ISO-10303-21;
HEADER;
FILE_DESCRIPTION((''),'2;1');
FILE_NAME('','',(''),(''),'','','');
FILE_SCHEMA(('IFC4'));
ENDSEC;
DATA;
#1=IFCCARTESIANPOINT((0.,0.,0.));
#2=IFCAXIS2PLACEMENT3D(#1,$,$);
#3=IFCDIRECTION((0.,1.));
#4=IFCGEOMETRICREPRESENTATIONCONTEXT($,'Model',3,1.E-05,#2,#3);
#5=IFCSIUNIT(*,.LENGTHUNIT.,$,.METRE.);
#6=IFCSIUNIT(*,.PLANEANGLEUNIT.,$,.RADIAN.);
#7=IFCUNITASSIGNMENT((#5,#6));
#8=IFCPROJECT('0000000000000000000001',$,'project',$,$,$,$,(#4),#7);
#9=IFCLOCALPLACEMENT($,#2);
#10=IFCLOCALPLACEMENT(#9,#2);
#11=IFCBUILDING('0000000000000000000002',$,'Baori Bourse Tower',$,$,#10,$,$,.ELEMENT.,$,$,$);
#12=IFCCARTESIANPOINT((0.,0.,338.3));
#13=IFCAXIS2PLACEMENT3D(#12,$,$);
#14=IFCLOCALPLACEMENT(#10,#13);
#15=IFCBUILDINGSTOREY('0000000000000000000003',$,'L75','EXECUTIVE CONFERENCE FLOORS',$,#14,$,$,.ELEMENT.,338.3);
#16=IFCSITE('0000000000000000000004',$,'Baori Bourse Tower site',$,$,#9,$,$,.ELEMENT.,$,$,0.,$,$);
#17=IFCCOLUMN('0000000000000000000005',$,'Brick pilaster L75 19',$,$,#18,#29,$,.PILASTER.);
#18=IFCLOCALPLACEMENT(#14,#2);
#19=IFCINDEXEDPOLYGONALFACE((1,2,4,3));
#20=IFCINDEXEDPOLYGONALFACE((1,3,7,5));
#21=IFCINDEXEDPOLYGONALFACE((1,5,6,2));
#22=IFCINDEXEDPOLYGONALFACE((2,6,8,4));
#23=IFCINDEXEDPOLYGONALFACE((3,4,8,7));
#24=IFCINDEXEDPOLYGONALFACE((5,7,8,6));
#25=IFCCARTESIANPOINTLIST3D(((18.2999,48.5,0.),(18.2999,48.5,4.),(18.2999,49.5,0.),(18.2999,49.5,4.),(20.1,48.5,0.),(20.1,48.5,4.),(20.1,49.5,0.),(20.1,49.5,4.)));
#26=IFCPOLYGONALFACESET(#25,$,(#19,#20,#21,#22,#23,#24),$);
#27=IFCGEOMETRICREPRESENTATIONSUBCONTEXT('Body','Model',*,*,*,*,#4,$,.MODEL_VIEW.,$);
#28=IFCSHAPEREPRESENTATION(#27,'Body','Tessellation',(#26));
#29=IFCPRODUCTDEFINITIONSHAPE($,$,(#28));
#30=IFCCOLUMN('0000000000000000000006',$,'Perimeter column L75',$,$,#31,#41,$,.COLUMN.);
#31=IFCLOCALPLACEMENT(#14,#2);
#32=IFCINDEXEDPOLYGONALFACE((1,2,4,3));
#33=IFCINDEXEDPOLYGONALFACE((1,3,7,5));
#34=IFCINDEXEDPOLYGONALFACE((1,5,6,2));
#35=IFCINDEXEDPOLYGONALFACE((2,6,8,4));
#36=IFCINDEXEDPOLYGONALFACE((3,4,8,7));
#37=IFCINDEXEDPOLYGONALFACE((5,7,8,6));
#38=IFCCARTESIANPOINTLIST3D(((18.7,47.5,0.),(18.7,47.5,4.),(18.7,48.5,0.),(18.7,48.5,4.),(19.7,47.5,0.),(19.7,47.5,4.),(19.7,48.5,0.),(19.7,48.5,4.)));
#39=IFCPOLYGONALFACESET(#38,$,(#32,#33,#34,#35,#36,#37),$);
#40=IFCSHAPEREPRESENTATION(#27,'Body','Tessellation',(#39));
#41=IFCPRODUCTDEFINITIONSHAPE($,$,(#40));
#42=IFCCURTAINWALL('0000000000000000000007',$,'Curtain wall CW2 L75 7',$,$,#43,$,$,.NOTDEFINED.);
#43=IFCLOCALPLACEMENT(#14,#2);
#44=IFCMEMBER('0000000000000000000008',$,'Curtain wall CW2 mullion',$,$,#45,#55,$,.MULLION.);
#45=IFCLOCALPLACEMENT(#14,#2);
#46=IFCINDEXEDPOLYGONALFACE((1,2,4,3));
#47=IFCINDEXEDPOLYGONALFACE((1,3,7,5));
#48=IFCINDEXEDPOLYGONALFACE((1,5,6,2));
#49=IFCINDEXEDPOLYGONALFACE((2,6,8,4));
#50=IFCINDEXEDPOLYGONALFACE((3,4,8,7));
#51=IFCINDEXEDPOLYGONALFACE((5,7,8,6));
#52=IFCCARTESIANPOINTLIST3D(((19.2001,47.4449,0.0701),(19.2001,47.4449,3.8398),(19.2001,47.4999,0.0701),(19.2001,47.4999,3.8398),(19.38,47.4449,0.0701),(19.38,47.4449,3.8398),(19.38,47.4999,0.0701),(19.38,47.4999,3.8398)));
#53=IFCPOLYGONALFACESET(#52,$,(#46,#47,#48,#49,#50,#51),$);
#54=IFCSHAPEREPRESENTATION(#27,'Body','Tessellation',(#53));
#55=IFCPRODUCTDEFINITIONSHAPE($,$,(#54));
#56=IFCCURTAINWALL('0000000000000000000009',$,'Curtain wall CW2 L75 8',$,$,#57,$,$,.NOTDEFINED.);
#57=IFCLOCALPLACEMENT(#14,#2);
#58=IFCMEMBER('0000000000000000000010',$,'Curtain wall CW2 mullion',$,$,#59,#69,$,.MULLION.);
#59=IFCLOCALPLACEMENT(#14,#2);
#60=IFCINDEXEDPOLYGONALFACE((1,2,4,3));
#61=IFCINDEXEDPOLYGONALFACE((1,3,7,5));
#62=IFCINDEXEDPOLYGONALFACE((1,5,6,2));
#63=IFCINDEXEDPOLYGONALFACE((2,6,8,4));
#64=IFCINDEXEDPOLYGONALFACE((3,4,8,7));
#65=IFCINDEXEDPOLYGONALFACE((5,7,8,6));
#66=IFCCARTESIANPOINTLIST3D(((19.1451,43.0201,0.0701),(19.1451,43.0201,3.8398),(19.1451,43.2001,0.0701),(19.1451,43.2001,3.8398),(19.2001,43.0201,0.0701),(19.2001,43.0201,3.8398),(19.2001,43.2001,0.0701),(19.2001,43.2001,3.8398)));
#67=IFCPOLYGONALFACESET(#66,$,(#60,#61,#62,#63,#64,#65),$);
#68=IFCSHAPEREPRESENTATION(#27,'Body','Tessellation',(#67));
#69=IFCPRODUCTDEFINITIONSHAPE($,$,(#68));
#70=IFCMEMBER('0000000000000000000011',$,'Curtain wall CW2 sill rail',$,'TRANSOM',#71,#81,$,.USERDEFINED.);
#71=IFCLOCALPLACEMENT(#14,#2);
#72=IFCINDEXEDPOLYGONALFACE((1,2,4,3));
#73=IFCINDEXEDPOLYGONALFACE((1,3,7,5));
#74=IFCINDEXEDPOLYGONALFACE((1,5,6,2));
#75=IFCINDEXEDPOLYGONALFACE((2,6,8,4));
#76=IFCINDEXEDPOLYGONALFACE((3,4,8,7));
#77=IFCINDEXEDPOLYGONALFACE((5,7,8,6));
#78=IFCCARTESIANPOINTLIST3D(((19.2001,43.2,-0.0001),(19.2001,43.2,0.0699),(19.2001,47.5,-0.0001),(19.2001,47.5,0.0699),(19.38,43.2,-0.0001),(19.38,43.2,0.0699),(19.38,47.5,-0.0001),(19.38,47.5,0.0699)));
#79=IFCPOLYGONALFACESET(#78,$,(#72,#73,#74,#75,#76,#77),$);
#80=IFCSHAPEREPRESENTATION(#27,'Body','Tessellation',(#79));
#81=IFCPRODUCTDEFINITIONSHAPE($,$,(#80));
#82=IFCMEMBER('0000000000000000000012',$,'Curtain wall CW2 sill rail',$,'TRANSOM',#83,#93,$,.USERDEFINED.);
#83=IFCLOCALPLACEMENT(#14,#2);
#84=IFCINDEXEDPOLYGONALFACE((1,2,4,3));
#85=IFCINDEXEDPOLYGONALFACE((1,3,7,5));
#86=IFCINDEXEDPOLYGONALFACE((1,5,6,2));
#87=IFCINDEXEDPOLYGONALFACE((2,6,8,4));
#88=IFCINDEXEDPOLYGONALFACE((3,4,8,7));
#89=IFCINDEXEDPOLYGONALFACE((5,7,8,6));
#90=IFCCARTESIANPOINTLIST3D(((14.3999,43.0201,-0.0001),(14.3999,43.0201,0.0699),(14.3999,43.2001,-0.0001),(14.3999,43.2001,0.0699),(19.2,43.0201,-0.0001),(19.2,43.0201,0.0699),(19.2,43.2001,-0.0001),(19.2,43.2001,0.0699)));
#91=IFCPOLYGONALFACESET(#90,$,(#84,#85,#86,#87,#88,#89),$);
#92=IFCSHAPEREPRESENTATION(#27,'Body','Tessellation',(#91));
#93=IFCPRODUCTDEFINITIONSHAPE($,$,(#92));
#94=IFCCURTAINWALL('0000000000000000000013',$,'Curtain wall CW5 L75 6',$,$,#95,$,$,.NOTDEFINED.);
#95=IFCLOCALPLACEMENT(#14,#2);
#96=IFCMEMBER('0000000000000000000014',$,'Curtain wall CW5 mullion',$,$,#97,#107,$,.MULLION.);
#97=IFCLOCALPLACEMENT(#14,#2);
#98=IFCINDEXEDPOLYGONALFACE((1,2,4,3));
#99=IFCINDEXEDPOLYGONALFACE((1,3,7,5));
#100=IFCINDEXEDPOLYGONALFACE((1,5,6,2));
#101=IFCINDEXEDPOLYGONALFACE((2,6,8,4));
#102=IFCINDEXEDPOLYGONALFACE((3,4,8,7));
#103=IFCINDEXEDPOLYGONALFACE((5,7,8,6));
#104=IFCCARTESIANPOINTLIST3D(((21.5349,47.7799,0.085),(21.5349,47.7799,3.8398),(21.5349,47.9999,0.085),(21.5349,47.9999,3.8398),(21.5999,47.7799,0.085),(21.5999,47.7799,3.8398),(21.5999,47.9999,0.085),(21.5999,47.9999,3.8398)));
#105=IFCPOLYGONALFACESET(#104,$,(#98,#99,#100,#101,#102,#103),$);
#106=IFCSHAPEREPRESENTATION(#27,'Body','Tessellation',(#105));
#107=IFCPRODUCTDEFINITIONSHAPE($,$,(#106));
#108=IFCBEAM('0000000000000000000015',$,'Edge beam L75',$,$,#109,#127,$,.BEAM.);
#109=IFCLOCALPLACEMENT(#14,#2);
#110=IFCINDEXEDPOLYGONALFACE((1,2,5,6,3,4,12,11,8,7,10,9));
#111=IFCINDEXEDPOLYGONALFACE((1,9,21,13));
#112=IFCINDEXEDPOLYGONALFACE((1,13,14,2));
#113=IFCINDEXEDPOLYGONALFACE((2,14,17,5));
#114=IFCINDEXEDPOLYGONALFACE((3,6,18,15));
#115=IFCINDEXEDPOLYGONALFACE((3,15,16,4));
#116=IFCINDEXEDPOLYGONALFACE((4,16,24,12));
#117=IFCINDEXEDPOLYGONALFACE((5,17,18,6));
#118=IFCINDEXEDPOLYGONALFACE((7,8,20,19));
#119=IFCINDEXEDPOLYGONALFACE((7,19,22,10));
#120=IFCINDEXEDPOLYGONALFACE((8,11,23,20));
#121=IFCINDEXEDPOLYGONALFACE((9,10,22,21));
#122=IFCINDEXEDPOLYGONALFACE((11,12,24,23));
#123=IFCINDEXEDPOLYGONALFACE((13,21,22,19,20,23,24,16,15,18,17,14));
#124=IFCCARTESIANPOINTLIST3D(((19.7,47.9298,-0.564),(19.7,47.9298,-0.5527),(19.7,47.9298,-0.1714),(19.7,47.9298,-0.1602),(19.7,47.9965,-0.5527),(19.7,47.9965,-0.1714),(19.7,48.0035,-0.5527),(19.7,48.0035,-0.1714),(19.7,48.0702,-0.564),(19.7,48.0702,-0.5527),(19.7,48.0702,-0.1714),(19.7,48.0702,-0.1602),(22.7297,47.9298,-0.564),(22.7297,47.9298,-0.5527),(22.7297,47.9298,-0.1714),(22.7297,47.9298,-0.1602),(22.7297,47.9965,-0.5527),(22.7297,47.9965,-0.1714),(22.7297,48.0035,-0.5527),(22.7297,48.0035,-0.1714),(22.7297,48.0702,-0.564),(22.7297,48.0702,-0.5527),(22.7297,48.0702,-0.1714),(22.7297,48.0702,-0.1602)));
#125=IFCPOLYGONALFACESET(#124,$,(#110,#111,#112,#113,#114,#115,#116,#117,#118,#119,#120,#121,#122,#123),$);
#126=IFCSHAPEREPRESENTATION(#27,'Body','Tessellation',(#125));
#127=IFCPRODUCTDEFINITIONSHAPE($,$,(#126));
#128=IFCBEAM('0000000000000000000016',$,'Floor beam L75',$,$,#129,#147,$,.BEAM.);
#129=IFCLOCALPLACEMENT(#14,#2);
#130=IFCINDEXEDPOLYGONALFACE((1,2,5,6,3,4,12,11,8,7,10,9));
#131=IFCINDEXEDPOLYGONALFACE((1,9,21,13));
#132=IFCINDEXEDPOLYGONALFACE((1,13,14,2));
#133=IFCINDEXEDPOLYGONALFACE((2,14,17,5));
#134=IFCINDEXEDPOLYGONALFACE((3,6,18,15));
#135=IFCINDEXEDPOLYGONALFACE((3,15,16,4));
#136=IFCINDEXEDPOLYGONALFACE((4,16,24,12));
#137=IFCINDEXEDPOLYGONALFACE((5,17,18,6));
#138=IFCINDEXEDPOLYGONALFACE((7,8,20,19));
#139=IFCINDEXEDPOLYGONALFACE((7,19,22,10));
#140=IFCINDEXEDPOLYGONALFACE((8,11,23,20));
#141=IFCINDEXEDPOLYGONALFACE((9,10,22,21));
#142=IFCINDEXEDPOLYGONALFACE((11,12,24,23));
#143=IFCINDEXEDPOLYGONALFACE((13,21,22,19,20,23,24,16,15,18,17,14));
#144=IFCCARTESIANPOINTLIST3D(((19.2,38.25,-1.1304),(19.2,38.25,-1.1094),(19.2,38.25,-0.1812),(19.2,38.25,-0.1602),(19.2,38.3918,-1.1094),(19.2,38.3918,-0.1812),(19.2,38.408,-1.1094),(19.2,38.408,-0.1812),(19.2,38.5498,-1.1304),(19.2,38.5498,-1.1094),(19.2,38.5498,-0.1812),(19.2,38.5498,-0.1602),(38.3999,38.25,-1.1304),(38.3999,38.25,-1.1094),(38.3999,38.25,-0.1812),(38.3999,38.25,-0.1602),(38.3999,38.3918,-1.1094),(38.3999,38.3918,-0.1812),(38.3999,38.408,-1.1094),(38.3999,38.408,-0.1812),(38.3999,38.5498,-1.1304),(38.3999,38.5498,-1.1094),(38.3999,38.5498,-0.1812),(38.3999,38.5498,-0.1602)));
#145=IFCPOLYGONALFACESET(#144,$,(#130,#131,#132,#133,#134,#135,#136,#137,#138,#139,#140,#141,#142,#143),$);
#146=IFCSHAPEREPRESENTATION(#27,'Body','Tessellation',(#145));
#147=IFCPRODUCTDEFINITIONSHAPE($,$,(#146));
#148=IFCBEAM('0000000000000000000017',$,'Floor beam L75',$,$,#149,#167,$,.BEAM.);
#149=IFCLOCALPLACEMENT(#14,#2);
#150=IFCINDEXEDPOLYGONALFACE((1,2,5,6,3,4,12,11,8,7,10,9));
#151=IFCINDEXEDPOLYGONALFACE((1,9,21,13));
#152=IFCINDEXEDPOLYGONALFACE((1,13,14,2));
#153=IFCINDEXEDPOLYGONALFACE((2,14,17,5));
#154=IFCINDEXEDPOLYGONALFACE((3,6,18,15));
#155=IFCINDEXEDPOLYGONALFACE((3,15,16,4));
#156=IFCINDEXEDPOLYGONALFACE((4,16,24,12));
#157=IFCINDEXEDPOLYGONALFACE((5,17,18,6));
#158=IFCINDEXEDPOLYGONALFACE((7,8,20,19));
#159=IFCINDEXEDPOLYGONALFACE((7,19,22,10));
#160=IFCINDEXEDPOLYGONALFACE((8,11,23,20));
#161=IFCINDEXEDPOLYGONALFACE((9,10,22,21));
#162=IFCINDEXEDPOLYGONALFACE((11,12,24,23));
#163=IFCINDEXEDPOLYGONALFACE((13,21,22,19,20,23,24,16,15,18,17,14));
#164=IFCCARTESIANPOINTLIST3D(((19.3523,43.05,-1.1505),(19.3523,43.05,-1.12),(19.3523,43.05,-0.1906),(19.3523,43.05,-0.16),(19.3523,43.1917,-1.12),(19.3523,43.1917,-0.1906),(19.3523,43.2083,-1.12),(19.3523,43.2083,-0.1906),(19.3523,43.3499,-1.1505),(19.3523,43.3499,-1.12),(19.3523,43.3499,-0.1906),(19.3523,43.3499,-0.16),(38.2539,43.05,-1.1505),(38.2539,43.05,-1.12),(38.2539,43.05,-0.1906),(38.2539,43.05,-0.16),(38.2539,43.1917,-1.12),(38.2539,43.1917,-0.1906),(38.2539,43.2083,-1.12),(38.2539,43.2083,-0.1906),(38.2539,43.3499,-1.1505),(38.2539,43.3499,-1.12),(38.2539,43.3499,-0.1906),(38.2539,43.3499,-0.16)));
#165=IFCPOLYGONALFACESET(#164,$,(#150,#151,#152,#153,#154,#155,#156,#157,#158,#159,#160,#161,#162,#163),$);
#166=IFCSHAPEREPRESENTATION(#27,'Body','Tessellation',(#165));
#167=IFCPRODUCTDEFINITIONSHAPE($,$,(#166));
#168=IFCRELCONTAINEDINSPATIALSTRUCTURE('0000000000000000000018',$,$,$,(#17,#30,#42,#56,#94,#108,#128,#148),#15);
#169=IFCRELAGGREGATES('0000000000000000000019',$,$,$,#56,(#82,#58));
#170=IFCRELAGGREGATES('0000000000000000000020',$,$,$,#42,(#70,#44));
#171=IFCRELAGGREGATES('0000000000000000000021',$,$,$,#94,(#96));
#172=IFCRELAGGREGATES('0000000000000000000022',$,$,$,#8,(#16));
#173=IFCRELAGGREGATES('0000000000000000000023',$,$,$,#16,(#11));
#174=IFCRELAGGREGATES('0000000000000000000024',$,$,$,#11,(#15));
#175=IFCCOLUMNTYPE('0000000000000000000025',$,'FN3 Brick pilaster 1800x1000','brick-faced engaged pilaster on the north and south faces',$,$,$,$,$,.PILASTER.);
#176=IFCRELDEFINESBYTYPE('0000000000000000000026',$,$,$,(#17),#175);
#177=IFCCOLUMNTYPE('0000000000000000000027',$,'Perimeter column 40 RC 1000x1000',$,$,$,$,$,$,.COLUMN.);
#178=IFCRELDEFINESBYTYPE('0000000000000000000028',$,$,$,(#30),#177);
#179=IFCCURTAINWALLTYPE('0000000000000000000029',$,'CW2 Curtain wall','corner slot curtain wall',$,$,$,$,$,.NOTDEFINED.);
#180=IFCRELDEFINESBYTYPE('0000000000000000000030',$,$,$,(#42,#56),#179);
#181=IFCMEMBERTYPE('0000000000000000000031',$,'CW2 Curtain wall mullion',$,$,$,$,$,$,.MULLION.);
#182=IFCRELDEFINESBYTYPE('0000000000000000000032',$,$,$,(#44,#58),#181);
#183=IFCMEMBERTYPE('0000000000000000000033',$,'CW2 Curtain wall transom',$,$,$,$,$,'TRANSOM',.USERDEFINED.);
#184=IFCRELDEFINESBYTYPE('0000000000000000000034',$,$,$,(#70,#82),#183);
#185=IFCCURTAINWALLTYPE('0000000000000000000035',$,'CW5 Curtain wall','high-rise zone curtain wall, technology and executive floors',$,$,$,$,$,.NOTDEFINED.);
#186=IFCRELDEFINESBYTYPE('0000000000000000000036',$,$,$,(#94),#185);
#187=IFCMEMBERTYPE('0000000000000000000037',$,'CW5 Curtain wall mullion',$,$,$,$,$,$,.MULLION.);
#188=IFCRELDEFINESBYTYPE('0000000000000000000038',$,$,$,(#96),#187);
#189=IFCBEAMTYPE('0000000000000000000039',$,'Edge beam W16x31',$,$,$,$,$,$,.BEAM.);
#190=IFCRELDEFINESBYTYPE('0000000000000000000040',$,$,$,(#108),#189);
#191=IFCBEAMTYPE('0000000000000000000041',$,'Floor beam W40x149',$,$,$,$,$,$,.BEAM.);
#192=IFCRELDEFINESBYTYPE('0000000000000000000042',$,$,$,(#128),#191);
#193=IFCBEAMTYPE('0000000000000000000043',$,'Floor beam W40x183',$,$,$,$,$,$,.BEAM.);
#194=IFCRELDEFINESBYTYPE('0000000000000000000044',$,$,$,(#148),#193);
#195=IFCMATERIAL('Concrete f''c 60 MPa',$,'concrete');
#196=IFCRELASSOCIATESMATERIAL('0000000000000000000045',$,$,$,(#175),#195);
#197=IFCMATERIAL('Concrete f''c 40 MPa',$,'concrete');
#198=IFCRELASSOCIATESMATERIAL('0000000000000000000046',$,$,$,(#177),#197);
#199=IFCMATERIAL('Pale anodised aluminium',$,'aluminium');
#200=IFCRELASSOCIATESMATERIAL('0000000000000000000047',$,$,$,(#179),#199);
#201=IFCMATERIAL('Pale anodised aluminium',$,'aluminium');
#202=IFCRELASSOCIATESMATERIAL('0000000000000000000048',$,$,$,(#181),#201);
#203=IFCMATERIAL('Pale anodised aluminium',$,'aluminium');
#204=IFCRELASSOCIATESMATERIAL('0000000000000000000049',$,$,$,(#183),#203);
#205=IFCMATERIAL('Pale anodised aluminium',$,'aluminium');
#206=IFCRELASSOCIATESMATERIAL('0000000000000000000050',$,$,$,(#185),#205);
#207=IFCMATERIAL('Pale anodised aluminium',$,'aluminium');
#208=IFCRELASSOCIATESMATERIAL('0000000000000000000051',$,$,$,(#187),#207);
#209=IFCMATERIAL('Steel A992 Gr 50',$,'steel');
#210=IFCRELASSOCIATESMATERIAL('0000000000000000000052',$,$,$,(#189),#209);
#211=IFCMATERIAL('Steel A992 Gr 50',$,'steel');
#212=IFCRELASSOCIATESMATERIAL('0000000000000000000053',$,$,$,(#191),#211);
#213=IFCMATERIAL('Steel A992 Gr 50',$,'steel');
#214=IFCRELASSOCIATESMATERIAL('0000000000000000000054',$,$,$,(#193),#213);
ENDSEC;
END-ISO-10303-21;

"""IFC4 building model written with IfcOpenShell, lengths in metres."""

from ifc_helpers import new_model, si_unit, direction, frame, origin, origin_2d, place, context, subcontext, project, spatial, rectangle, i_section, extrude, material, material_profile, profile_set, type_object, element, aggregate, save


model = new_model("IFC4")

# Units and contexts
model_context = context("Model", 3, precision=1e-05, world=origin(), true_north=direction((0.0, 1.0)))
body_context = subcontext(model_context, "Body", "Model", "MODEL_VIEW")
ifc_project = project(units=[si_unit("LENGTHUNIT", "METRE"), si_unit("PLANEANGLEUNIT", "RADIAN")], contexts=[model_context])

# Site, building, storey
site_placement = place(None, origin())
site = spatial("IfcSite", under=ifc_project, at=site_placement, Name="Baori Bourse Tower site", CompositionType="ELEMENT", RefElevation=0.0)
building_placement = place(site_placement, origin())
building = spatial("IfcBuilding", under=site, at=building_placement, Name="Baori Bourse Tower", CompositionType="ELEMENT")
storey_placement = place(building_placement, frame((0.0, 0.0, 338.3)))
storey = spatial("IfcBuildingStorey", under=building, at=storey_placement, Name="L75", Description="EXECUTIVE CONFERENCE FLOORS", CompositionType="ELEMENT", Elevation=338.3)

# Columns
ifc_material_1 = material(Name="Concrete f'c 60 MPa", Category="concrete")
ifc_material_profile_1 = material_profile(ifc_material_1, rectangle(XDim=1.8, YDim=1.0, at=origin_2d()), Name="RC 1800x1000")
ifc_profile_set_1 = profile_set([ifc_material_profile_1], Name="Concrete f'c 60 MPa")
column_type_1 = type_object("IfcColumnType", Name="FN3 Brick pilaster 1800x1000", Description="brick-faced engaged pilaster on the north and south faces", PredefinedType="PILASTER", material=ifc_profile_set_1)
column_1_placement = place(storey_placement, frame((19.2, 49.0, 0.0), z_axis=(0.0, 0.0, 1.0), x_axis=(1.0, 0.0, 0.0)))
element("IfcColumn", 1, at=column_1_placement, inside=storey, type_object=column_type_1, Name="Brick pilaster L75 19", PredefinedType="PILASTER", context=body_context, shape_type="SweptSolid", body=[
    extrude(rectangle(XDim=1.8, YDim=1.0, at=origin_2d()), origin(), (0.0, 0.0, 1.0), 4.0),
])
ifc_material_2 = material(Name="Concrete f'c 40 MPa", Category="concrete")
ifc_material_profile_2 = material_profile(ifc_material_2, rectangle(XDim=1.0, YDim=1.0, at=origin_2d()), Name="RC 1000x1000")
ifc_profile_set_2 = profile_set([ifc_material_profile_2], Name="Concrete f'c 40 MPa")
column_type_2 = type_object("IfcColumnType", Name="Perimeter column 40 RC 1000x1000", PredefinedType="COLUMN", material=ifc_profile_set_2)
column_2_placement = place(storey_placement, frame((19.2, 48.0, 0.0), z_axis=(0.0, 0.0, 1.0), x_axis=(1.0, 0.0, 0.0)))
element("IfcColumn", 2, at=column_2_placement, inside=storey, type_object=column_type_2, Name="Perimeter column L75", PredefinedType="COLUMN", context=body_context, shape_type="SweptSolid", body=[
    extrude(rectangle(XDim=1.0, YDim=1.0, at=origin_2d()), origin(), (0.0, 0.0, 1.0), 4.0),
])

# Curtain walls, members
ifc_material_3 = material(Name="Pale anodised aluminium", Category="aluminium")
curtain_wall_type_1 = type_object("IfcCurtainWallType", Name="CW2 Curtain wall", Description="corner slot curtain wall", PredefinedType="NOTDEFINED", material=ifc_material_3)
curtain_wall_1_placement = place(storey_placement, origin())
curtain_wall_1 = element("IfcCurtainWall", 3, at=curtain_wall_1_placement, inside=storey, type_object=curtain_wall_type_1, Name="Curtain wall CW2 L75 7", PredefinedType="NOTDEFINED")
ifc_material_4 = material(Name="Pale anodised aluminium", Category="aluminium")
ifc_material_profile_3 = material_profile(ifc_material_4, rectangle(XDim=0.1799, YDim=0.0549, at=origin_2d()), Name="Mullion 55x180")
ifc_profile_set_3 = profile_set([ifc_material_profile_3], Name="Pale anodised aluminium")
member_type_1 = type_object("IfcMemberType", Name="CW2 Curtain wall mullion", PredefinedType="MULLION", material=ifc_profile_set_3)
member_1_placement = place(storey_placement, frame((19.29, 47.4724, 0.0701), z_axis=(0.0, 0.0, 1.0), x_axis=(1.0, 0.0, 0.0)))
member_1 = element("IfcMember", 4, at=member_1_placement, type_object=member_type_1, Name="Curtain wall CW2 mullion", PredefinedType="MULLION", context=body_context, shape_type="SweptSolid", body=[
    extrude(rectangle(XDim=0.1799, YDim=0.0549, at=origin_2d()), origin(), (0.0, 0.0, 1.0), 3.7698),
])
curtain_wall_2_placement = place(storey_placement, origin())
curtain_wall_2 = element("IfcCurtainWall", 5, at=curtain_wall_2_placement, inside=storey, type_object=curtain_wall_type_1, Name="Curtain wall CW2 L75 8", PredefinedType="NOTDEFINED")
member_2_placement = place(storey_placement, frame((19.1726, 43.1101, 0.0701), z_axis=(0.0, 0.0, 1.0), x_axis=(0.0, -1.0, 0.0)))
member_2 = element("IfcMember", 6, at=member_2_placement, type_object=member_type_1, Name="Curtain wall CW2 mullion", PredefinedType="MULLION", context=body_context, shape_type="SweptSolid", body=[
    extrude(rectangle(XDim=0.1799, YDim=0.0549, at=origin_2d()), origin(), (0.0, 0.0, 1.0), 3.7698),
])

# Members
ifc_material_5 = material(Name="Pale anodised aluminium", Category="aluminium")
ifc_material_profile_4 = material_profile(ifc_material_5, rectangle(XDim=0.1799, YDim=0.0701, at=origin_2d()), Name="Transom 70x180")
ifc_profile_set_4 = profile_set([ifc_material_profile_4], Name="Pale anodised aluminium")
member_type_2 = type_object("IfcMemberType", Name="CW2 Curtain wall transom", ElementType="TRANSOM", PredefinedType="USERDEFINED", material=ifc_profile_set_4)
member_3_placement = place(storey_placement, frame((19.29, 47.5, 0.0349), z_axis=(0.0, -1.0, 0.0), x_axis=(1.0, 0.0, 0.0)))
member_3 = element("IfcMember", 7, at=member_3_placement, type_object=member_type_2, Name="Curtain wall CW2 sill rail", ObjectType="TRANSOM", PredefinedType="USERDEFINED", context=body_context, shape_type="SweptSolid", body=[
    extrude(rectangle(XDim=0.1799, YDim=0.0701, at=origin_2d()), origin(), (0.0, 0.0, 1.0), 4.3),
])
member_4_placement = place(storey_placement, frame((19.2, 43.1101, 0.0349), z_axis=(-1.0, 0.0, 0.0), x_axis=(0.0, -1.0, 0.0)))
member_4 = element("IfcMember", 8, at=member_4_placement, type_object=member_type_2, Name="Curtain wall CW2 sill rail", ObjectType="TRANSOM", PredefinedType="USERDEFINED", context=body_context, shape_type="SweptSolid", body=[
    extrude(rectangle(XDim=0.1799, YDim=0.0701, at=origin_2d()), origin(), (0.0, 0.0, 1.0), 4.8),
])
aggregate(curtain_wall_2, [member_4, member_2])

# Curtain wall, member
ifc_material_6 = material(Name="Pale anodised aluminium", Category="aluminium")
curtain_wall_type_2 = type_object("IfcCurtainWallType", Name="CW5 Curtain wall", Description="high-rise zone curtain wall, technology and executive floors", PredefinedType="NOTDEFINED", material=ifc_material_6)
curtain_wall_3_placement = place(storey_placement, origin())
curtain_wall_3 = element("IfcCurtainWall", 9, at=curtain_wall_3_placement, inside=storey, type_object=curtain_wall_type_2, Name="Curtain wall CW5 L75 6", PredefinedType="NOTDEFINED")
ifc_material_7 = material(Name="Pale anodised aluminium", Category="aluminium")
ifc_material_profile_5 = material_profile(ifc_material_7, rectangle(XDim=0.22, YDim=0.0649, at=origin_2d()), Name="Mullion 65x220")
ifc_profile_set_5 = profile_set([ifc_material_profile_5], Name="Pale anodised aluminium")
member_type_3 = type_object("IfcMemberType", Name="CW5 Curtain wall mullion", PredefinedType="MULLION", material=ifc_profile_set_5)
member_5_placement = place(storey_placement, frame((21.5674, 47.8899, 0.085), z_axis=(0.0, 0.0, 1.0), x_axis=(0.0, -1.0, 0.0)))
member_5 = element("IfcMember", 10, at=member_5_placement, type_object=member_type_3, Name="Curtain wall CW5 mullion", PredefinedType="MULLION", context=body_context, shape_type="SweptSolid", body=[
    extrude(rectangle(XDim=0.22, YDim=0.0649, at=origin_2d()), origin(), (0.0, 0.0, 1.0), 3.7549),
])

# Beams
ifc_material_8 = material(Name="Steel A992 Gr 50", Category="steel")
ifc_material_profile_6 = material_profile(ifc_material_8, i_section(OverallWidth=0.1404, OverallDepth=0.4038, WebThickness=0.0071, FlangeThickness=0.0112, at=origin_2d()), Name="W16x31")
ifc_profile_set_6 = profile_set([ifc_material_profile_6], Name="Steel A992 Gr 50")
beam_type_1 = type_object("IfcBeamType", Name="Edge beam W16x31", PredefinedType="BEAM", material=ifc_profile_set_6)
beam_1_placement = place(storey_placement, frame((19.7, 48.0, -0.3621), z_axis=(1.0, 0.0, 0.0), x_axis=(0.0, 1.0, 0.0)))
element("IfcBeam", 11, at=beam_1_placement, inside=storey, type_object=beam_type_1, Name="Edge beam L75", PredefinedType="BEAM", context=body_context, shape_type="SweptSolid", body=[
    extrude(i_section(OverallWidth=0.1404, OverallDepth=0.4038, WebThickness=0.0071, FlangeThickness=0.0112, at=origin_2d()), origin(), (0.0, 0.0, 1.0), 3.0298),
])
ifc_material_9 = material(Name="Steel A992 Gr 50", Category="steel")
ifc_material_profile_7 = material_profile(ifc_material_9, i_section(OverallWidth=0.2998, OverallDepth=0.9702, WebThickness=0.0161, FlangeThickness=0.021, at=origin_2d()), Name="W40x149")
ifc_profile_set_7 = profile_set([ifc_material_profile_7], Name="Steel A992 Gr 50")
beam_type_2 = type_object("IfcBeamType", Name="Floor beam W40x149", PredefinedType="BEAM", material=ifc_profile_set_7)
beam_2_placement = place(storey_placement, frame((19.2, 38.3999, -0.6453), z_axis=(1.0, 0.0, 0.0), x_axis=(0.0, 1.0, 0.0)))
element("IfcBeam", 12, at=beam_2_placement, inside=storey, type_object=beam_type_2, Name="Floor beam L75", PredefinedType="BEAM", context=body_context, shape_type="SweptSolid", body=[
    extrude(i_section(OverallWidth=0.2998, OverallDepth=0.9702, WebThickness=0.0161, FlangeThickness=0.021, at=origin_2d()), origin(), (0.0, 0.0, 1.0), 19.2),
])
ifc_material_10 = material(Name="Steel A992 Gr 50", Category="steel")
ifc_material_profile_8 = material_profile(ifc_material_10, i_section(OverallWidth=0.2998, OverallDepth=0.9905, WebThickness=0.0166, FlangeThickness=0.0305, at=origin_2d()), Name="W40x183")
ifc_profile_set_8 = profile_set([ifc_material_profile_8], Name="Steel A992 Gr 50")
beam_type_3 = type_object("IfcBeamType", Name="Floor beam W40x183", PredefinedType="BEAM", material=ifc_profile_set_8)
beam_3_placement = place(storey_placement, frame((19.3523, 43.2, -0.6553), z_axis=(1.0, 0.0, 0.0), x_axis=(0.0, 1.0, 0.0)))
element("IfcBeam", 13, at=beam_3_placement, inside=storey, type_object=beam_type_3, Name="Floor beam L75", PredefinedType="BEAM", context=body_context, shape_type="SweptSolid", body=[
    extrude(i_section(OverallWidth=0.2998, OverallDepth=0.9905, WebThickness=0.0166, FlangeThickness=0.0305, at=origin_2d()), origin(), (0.0, 0.0, 1.0), 18.9016),
])

aggregate(curtain_wall_1, [member_3, member_1])
aggregate(curtain_wall_3, [member_5])

save(model, "model.ifc")
